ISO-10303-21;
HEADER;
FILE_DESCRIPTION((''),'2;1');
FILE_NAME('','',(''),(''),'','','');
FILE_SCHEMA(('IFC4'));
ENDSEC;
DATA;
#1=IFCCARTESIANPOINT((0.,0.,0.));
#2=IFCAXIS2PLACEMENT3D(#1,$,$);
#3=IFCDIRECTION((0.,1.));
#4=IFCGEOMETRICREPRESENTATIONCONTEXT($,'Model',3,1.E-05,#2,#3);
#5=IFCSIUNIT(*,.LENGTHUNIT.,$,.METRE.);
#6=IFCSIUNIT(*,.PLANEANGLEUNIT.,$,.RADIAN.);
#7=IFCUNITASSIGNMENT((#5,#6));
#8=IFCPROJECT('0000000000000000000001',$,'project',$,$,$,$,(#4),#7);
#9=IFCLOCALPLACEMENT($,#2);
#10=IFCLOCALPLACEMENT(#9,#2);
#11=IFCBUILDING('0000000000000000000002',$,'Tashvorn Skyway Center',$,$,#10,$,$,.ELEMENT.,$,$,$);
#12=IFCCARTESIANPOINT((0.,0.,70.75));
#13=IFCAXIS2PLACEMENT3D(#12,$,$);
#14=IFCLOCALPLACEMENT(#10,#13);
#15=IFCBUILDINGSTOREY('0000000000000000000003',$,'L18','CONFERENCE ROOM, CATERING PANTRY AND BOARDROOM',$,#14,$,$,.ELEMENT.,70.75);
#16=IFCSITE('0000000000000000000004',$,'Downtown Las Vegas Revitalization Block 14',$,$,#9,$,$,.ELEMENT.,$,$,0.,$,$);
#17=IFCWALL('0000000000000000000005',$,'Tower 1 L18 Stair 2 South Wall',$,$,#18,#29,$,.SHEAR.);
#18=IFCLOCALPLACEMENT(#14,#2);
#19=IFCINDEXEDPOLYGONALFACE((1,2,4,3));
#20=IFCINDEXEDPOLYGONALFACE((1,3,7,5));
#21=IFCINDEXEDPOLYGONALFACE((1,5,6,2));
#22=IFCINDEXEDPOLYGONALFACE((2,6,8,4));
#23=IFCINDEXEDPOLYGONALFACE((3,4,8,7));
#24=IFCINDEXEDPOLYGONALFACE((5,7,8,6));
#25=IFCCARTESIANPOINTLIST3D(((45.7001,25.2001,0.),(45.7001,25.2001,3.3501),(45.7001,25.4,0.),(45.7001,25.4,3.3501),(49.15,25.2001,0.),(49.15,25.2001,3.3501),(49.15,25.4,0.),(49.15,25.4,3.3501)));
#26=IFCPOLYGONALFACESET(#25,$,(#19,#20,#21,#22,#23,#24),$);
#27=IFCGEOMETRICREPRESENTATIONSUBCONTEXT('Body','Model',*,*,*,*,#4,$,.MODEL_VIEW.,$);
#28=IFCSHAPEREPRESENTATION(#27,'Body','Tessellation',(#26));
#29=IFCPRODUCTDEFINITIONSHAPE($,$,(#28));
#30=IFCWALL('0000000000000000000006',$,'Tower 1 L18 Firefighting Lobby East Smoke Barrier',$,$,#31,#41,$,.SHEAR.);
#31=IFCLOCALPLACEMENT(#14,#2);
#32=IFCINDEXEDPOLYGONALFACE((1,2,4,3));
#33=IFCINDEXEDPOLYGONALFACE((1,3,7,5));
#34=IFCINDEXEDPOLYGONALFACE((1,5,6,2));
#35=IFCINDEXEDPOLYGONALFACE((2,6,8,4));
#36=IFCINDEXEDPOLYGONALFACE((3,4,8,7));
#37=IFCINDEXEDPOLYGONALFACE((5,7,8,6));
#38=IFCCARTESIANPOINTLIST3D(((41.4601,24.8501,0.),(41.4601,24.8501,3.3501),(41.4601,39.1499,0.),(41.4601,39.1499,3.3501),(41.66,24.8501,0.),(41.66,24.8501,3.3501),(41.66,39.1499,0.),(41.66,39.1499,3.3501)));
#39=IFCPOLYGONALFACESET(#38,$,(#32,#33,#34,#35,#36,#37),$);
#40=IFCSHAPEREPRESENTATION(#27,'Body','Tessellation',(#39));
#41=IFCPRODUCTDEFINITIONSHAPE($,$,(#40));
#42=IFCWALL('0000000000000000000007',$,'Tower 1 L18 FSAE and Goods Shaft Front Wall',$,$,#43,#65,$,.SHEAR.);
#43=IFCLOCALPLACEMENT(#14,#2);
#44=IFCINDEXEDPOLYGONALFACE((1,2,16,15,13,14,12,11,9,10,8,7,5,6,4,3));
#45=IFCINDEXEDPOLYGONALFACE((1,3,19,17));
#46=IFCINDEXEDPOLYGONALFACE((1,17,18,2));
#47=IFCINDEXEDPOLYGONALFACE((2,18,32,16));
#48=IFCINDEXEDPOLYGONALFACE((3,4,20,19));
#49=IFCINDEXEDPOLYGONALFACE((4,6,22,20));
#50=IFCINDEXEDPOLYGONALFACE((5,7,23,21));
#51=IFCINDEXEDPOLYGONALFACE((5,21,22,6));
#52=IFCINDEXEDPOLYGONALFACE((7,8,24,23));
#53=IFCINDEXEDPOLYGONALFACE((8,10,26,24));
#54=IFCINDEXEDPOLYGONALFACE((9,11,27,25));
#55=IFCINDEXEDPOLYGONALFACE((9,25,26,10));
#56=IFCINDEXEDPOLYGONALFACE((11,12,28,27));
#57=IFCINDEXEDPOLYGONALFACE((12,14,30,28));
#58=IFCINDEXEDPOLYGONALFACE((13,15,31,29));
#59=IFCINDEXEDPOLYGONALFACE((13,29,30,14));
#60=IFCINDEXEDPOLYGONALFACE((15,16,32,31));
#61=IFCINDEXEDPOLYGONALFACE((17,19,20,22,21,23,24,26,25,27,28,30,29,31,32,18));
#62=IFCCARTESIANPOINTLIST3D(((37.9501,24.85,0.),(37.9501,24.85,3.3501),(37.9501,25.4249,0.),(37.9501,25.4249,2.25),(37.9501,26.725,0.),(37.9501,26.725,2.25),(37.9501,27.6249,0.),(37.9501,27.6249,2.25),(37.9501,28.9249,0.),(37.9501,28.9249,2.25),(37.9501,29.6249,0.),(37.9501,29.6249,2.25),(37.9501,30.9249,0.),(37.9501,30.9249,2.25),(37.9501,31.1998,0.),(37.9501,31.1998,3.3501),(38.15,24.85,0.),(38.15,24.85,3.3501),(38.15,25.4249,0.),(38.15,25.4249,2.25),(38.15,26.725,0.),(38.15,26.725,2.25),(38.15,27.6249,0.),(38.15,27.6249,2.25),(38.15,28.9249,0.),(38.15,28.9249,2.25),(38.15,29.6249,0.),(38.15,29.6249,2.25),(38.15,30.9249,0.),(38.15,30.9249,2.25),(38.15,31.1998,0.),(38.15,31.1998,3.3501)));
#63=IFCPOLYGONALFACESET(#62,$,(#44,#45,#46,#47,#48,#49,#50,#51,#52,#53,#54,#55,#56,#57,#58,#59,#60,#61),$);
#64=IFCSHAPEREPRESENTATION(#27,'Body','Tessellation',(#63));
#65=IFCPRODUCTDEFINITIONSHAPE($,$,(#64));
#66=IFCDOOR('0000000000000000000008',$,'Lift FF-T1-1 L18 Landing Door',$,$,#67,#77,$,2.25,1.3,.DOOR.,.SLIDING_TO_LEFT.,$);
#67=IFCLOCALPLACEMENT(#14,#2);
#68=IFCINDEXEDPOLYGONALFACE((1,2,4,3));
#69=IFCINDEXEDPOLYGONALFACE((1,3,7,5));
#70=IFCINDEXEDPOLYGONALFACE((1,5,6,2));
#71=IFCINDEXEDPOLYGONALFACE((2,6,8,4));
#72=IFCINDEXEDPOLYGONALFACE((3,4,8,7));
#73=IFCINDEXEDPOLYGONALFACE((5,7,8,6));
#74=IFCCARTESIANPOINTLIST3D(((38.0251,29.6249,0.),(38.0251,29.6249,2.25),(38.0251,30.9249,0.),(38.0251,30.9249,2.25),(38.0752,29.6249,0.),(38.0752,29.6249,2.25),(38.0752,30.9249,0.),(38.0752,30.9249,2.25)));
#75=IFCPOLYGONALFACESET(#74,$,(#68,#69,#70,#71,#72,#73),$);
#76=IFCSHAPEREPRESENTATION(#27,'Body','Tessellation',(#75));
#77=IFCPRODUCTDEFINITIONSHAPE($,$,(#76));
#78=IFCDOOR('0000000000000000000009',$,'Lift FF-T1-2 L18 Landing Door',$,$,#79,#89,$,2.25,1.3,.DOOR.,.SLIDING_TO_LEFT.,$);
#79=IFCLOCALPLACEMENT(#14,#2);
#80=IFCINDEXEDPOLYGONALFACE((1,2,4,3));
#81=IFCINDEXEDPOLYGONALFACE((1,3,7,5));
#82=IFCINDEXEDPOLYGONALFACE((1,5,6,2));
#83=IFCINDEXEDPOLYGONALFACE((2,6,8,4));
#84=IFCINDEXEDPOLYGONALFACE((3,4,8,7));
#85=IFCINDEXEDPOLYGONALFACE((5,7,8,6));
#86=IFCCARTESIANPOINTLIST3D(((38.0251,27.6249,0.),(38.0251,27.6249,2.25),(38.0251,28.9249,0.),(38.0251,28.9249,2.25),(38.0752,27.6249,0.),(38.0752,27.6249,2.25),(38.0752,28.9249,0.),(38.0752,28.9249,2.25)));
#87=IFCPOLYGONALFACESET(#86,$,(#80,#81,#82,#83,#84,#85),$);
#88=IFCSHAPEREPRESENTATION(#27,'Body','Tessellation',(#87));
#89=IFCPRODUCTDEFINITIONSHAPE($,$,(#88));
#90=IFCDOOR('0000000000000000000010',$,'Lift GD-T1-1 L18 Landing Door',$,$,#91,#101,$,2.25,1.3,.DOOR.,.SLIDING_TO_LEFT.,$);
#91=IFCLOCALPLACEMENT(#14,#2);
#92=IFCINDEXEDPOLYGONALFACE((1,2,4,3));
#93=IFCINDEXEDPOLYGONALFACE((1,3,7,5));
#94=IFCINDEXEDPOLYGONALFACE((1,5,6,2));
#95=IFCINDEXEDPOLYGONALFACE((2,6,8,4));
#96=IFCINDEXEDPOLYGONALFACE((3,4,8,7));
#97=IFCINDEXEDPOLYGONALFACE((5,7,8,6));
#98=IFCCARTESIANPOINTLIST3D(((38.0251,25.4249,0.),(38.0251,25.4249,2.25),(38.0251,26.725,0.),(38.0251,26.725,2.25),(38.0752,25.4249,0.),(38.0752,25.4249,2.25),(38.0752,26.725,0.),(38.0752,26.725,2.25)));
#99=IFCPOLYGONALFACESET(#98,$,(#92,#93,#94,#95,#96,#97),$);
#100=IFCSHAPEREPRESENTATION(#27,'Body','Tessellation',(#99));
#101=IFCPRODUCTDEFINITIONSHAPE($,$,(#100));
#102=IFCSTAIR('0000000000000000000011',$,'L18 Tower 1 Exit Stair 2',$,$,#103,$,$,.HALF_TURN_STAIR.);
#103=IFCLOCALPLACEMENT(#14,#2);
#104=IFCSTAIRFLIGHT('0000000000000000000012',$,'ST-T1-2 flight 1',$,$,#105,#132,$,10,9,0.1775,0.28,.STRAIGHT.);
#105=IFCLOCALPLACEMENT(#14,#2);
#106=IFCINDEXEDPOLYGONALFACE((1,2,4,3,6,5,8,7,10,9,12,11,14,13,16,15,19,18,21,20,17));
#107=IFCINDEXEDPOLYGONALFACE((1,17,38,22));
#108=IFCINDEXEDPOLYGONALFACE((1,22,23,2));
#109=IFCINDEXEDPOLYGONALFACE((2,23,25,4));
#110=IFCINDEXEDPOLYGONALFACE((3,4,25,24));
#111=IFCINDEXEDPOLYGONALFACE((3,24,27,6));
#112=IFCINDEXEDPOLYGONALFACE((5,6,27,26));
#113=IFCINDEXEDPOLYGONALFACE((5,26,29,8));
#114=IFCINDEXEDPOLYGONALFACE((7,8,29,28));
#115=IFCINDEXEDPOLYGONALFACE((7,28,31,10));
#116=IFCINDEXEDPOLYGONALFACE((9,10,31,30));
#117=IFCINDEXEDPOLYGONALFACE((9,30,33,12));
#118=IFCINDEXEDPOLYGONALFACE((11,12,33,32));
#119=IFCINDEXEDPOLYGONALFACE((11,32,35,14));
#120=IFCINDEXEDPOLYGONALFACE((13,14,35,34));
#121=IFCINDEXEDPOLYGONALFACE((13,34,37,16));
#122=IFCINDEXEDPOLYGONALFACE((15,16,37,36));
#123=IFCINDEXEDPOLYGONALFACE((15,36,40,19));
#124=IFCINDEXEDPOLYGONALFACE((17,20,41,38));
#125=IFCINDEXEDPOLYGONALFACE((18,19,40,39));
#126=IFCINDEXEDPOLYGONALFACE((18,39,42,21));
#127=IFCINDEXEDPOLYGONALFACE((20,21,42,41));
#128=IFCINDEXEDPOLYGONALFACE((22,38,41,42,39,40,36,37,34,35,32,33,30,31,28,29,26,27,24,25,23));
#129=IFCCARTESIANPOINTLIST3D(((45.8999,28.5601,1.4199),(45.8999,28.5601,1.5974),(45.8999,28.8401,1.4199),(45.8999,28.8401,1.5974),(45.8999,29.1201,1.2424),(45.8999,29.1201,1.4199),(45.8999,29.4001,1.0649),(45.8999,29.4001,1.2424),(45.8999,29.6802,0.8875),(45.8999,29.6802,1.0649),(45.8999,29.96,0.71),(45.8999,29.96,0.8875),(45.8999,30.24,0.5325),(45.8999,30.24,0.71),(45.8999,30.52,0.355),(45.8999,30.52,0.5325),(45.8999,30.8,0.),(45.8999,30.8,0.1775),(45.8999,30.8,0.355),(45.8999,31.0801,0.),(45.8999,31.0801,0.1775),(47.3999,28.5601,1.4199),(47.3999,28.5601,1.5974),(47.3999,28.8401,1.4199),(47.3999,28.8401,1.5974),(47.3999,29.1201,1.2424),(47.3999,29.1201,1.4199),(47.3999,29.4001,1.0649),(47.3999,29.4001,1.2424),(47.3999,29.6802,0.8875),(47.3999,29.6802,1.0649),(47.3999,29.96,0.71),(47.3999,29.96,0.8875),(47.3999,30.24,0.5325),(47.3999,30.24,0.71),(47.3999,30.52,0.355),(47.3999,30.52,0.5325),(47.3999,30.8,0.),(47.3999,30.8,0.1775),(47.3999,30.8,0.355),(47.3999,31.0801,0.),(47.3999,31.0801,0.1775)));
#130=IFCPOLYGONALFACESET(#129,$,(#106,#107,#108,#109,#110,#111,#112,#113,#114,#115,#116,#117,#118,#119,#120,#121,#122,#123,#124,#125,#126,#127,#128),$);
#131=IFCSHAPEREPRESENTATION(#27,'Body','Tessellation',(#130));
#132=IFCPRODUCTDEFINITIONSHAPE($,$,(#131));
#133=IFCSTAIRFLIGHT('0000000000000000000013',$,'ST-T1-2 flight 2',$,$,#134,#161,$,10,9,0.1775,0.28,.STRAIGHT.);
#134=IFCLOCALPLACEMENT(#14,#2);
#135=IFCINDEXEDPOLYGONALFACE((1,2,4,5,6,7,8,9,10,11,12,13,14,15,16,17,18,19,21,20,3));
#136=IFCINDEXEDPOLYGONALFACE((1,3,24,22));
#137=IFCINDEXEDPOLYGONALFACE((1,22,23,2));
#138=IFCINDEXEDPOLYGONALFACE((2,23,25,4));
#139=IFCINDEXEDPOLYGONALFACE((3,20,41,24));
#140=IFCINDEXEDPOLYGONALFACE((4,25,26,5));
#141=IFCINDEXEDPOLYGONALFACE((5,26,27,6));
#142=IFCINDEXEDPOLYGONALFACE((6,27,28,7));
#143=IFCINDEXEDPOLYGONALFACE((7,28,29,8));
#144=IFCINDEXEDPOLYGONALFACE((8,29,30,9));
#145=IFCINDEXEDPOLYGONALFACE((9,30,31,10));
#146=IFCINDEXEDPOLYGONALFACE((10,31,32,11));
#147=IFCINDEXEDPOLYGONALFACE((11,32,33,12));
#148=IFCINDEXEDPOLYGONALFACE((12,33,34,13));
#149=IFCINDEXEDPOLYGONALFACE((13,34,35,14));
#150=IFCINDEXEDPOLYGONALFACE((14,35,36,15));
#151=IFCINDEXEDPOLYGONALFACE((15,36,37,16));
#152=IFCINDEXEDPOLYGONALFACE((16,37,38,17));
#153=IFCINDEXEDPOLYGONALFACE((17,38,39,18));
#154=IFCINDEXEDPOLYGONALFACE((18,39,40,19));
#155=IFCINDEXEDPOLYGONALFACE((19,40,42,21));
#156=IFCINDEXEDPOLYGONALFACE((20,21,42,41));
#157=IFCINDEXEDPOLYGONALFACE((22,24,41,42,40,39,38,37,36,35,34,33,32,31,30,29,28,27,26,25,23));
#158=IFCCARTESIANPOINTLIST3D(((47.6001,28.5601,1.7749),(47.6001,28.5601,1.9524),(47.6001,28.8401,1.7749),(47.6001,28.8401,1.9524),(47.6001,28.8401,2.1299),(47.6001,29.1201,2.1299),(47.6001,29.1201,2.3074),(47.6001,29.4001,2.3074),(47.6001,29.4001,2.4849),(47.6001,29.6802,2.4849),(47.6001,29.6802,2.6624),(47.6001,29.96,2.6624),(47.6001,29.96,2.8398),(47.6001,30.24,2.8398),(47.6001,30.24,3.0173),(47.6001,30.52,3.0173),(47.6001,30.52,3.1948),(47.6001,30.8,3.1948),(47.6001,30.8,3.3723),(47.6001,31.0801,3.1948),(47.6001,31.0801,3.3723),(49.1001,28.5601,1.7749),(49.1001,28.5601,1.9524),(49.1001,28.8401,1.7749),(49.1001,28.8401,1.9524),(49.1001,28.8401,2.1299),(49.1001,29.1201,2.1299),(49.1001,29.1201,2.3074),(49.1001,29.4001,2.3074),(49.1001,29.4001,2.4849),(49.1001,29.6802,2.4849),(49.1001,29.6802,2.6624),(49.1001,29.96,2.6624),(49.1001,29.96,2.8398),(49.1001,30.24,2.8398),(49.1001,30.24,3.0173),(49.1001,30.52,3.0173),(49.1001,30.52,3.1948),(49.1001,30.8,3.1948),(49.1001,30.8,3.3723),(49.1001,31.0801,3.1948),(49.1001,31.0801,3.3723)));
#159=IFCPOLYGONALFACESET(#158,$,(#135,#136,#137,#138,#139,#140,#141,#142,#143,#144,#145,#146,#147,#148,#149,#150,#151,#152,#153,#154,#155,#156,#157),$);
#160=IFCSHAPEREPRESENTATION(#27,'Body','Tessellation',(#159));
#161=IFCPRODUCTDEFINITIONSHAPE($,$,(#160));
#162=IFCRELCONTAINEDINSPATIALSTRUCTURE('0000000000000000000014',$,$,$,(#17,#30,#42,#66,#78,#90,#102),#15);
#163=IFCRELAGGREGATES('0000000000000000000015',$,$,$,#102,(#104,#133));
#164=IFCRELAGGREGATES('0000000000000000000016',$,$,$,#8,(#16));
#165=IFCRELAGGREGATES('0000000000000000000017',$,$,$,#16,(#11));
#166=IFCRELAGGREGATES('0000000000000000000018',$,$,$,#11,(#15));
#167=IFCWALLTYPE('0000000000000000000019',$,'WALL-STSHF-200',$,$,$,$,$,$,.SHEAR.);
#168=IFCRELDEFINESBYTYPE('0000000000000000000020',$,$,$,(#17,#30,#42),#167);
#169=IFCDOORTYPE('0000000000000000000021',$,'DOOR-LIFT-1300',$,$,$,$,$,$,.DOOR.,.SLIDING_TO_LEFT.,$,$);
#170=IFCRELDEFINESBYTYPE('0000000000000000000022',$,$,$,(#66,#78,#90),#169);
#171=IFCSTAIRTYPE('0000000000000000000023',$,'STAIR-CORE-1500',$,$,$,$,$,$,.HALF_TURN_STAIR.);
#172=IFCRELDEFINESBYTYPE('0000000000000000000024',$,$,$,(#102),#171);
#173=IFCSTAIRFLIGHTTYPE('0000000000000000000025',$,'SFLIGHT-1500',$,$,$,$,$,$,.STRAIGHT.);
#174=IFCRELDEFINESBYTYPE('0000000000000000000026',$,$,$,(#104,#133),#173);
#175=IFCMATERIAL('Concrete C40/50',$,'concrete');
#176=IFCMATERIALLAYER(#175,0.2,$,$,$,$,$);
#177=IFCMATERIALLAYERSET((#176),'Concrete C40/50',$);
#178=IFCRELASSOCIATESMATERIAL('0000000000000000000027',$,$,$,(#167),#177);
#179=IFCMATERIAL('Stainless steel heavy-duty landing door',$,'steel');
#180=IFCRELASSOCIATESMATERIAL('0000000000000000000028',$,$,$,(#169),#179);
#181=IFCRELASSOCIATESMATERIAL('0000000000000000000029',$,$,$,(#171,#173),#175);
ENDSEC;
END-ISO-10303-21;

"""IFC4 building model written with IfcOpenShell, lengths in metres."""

from ifc_helpers import new_model, si_unit, direction, frame, frame_2d, origin, place, context, subcontext, project, spatial, polyline, rectangle, outline, extrude, material, layer, layer_set, type_object, element, fill, aggregate, save


model = new_model("IFC4")

# Units and contexts
model_context = context("Model", 3, precision=1e-05, world=origin(), true_north=direction((0.0, 1.0)))
body_context = subcontext(model_context, "Body", "Model", "MODEL_VIEW")
ifc_project = project(units=[si_unit("LENGTHUNIT", "METRE"), si_unit("PLANEANGLEUNIT", "RADIAN")], contexts=[model_context])

# Site, building, storey
site_placement = place(None, origin())
site = spatial("IfcSite", under=ifc_project, at=site_placement, Name="Downtown Las Vegas Revitalization Block 14", CompositionType="ELEMENT", RefElevation=0.0)
building_placement = place(site_placement, origin())
building = spatial("IfcBuilding", under=site, at=building_placement, Name="Tashvorn Skyway Center", CompositionType="ELEMENT")
storey_placement = place(building_placement, frame((0.0, 0.0, 70.75)))
storey = spatial("IfcBuildingStorey", under=building, at=storey_placement, Name="L18", Description="CONFERENCE ROOM, CATERING PANTRY AND BOARDROOM", CompositionType="ELEMENT", Elevation=70.75)

# Shared definitions
ifc_material_1 = material(Name="Concrete C40/50", Category="concrete")

# Shared definitions
ifc_layer_1 = layer(ifc_material_1, 0.2)
ifc_layer_set_1 = layer_set([ifc_layer_1], Name="Concrete C40/50")
wall_type_1 = type_object("IfcWallType", Name="WALL-STSHF-200", PredefinedType="SHEAR", material=ifc_layer_set_1)

# Walls
wall_1_placement = place(storey_placement, frame((45.7, 25.3, 0.0), z_axis=(0.0, 0.0, 1.0), x_axis=(1.0, 0.0, 0.0)))
element("IfcWall", 1, at=wall_1_placement, inside=storey, type_object=wall_type_1, Name="Tower 1 L18 Stair 2 South Wall", PredefinedType="SHEAR", context=body_context, shape_type="SweptSolid", body=[
    extrude(rectangle(XDim=3.45, YDim=0.2, at=frame_2d((1.7251, 0.0))), origin(), (0.0, 0.0, 1.0), 3.3501),
])
wall_2_placement = place(storey_placement, frame((41.5601, 24.8501, 0.0), z_axis=(0.0, 0.0, 1.0), x_axis=(0.0, 1.0, 0.0)))
element("IfcWall", 2, at=wall_2_placement, inside=storey, type_object=wall_type_1, Name="Tower 1 L18 Firefighting Lobby East Smoke Barrier", PredefinedType="SHEAR", context=body_context, shape_type="SweptSolid", body=[
    extrude(rectangle(XDim=14.2998, YDim=0.2, at=frame_2d((7.1499, 0.0))), origin(), (0.0, 0.0, 1.0), 3.3501),
])

# Wall, openings, doors
wall_3_placement = place(storey_placement, frame((38.05, 24.8501, 0.0), z_axis=(0.0, 0.0, 1.0), x_axis=(0.0, 1.0, 0.0)))
wall_3 = element("IfcWall", 3, at=wall_3_placement, inside=storey, type_object=wall_type_1, Name="Tower 1 L18 FSAE and Goods Shaft Front Wall", PredefinedType="SHEAR", context=body_context, shape_type="SweptSolid", body=[
    extrude(rectangle(XDim=6.3499, YDim=0.2, at=frame_2d((3.1748, 0.0))), origin(), (0.0, 0.0, 1.0), 3.3501),
])
opening_1_placement = place(wall_3_placement, frame((4.7749, 0.0, 0.0)))
opening_1 = element("IfcOpeningElement", 4, at=opening_1_placement, cuts=wall_3, PredefinedType="OPENING", context=body_context, shape_type="SweptSolid", body=[
    extrude(rectangle(XDim=1.3, YDim=2.25, at=frame_2d((0.6499, 1.125))), frame((0.0, 0.1099, 0.0), z_axis=(0.0, -1.0, 0.0), x_axis=(1.0, 0.0, 0.0)), (0.0, 0.0, 1.0), 0.22),
])
opening_2_placement = place(wall_3_placement, frame((2.7749, 0.0, 0.0)))
opening_2 = element("IfcOpeningElement", 5, at=opening_2_placement, cuts=wall_3, PredefinedType="OPENING", context=body_context, shape_type="SweptSolid", body=[
    extrude(rectangle(XDim=1.3, YDim=2.25, at=frame_2d((0.6499, 1.125))), frame((0.0, 0.1099, 0.0), z_axis=(0.0, -1.0, 0.0), x_axis=(1.0, 0.0, 0.0)), (0.0, 0.0, 1.0), 0.22),
])
opening_3_placement = place(wall_3_placement, frame((0.575, 0.0, 0.0)))
opening_3 = element("IfcOpeningElement", 6, at=opening_3_placement, cuts=wall_3, PredefinedType="OPENING", context=body_context, shape_type="SweptSolid", body=[
    extrude(rectangle(XDim=1.3, YDim=2.25, at=frame_2d((0.6499, 1.125))), frame((0.0, 0.1099, 0.0), z_axis=(0.0, -1.0, 0.0), x_axis=(1.0, 0.0, 0.0)), (0.0, 0.0, 1.0), 0.22),
])
ifc_material_2 = material(Name="Stainless steel heavy-duty landing door", Category="steel")
door_type_1 = type_object("IfcDoorType", Name="DOOR-LIFT-1300", OperationType="SLIDING_TO_LEFT", PredefinedType="DOOR", material=ifc_material_2)
door_1_placement = place(opening_1_placement, origin())
door_1 = element("IfcDoor", 7, at=door_1_placement, inside=storey, type_object=door_type_1, Name="Lift FF-T1-1 L18 Landing Door", OperationType="SLIDING_TO_LEFT", OverallHeight=2.25, OverallWidth=1.3, PredefinedType="DOOR", context=body_context, shape_type="SweptSolid", body=[
    extrude(rectangle(XDim=1.3, YDim=2.25, at=frame_2d((0.6499, 1.125))), frame((0.0, 0.0249, 0.0), z_axis=(0.0, -1.0, 0.0), x_axis=(1.0, 0.0, 0.0)), (0.0, 0.0, 1.0), 0.05),
])
fill(opening_1, door_1)
door_2_placement = place(opening_2_placement, origin())
door_2 = element("IfcDoor", 8, at=door_2_placement, inside=storey, type_object=door_type_1, Name="Lift FF-T1-2 L18 Landing Door", OperationType="SLIDING_TO_LEFT", OverallHeight=2.25, OverallWidth=1.3, PredefinedType="DOOR", context=body_context, shape_type="SweptSolid", body=[
    extrude(rectangle(XDim=1.3, YDim=2.25, at=frame_2d((0.6499, 1.125))), frame((0.0, 0.0249, 0.0), z_axis=(0.0, -1.0, 0.0), x_axis=(1.0, 0.0, 0.0)), (0.0, 0.0, 1.0), 0.05),
])
fill(opening_2, door_2)
door_3_placement = place(opening_3_placement, origin())
door_3 = element("IfcDoor", 9, at=door_3_placement, inside=storey, type_object=door_type_1, Name="Lift GD-T1-1 L18 Landing Door", OperationType="SLIDING_TO_LEFT", OverallHeight=2.25, OverallWidth=1.3, PredefinedType="DOOR", context=body_context, shape_type="SweptSolid", body=[
    extrude(rectangle(XDim=1.3, YDim=2.25, at=frame_2d((0.6499, 1.125))), frame((0.0, 0.0249, 0.0), z_axis=(0.0, -1.0, 0.0), x_axis=(1.0, 0.0, 0.0)), (0.0, 0.0, 1.0), 0.05),
])
fill(opening_3, door_3)

# Stair, stair flights
stair_type = type_object("IfcStairType", Name="STAIR-CORE-1500", PredefinedType="HALF_TURN_STAIR", material=ifc_material_1)
stair_placement = place(storey_placement, origin())
stair = element("IfcStair", 10, at=stair_placement, inside=storey, type_object=stair_type, Name="L18 Tower 1 Exit Stair 2", PredefinedType="HALF_TURN_STAIR")
stair_flight_type = type_object("IfcStairFlightType", Name="SFLIGHT-1500", PredefinedType="STRAIGHT", material=ifc_material_1)
stair_flight_1_placement = place(storey_placement, frame((46.6499, 31.0801, 0.0), z_axis=(0.0, 0.0, 1.0), x_axis=(0.0, -1.0, 0.0)))
stair_flight_1 = element("IfcStairFlight", 11, at=stair_flight_1_placement, type_object=stair_flight_type, Name="ST-T1-2 flight 1", NumberOfRisers=10, NumberOfTreads=9, PredefinedType="STRAIGHT", RiserHeight=0.1775, TreadLength=0.28, context=body_context, shape_type="SweptSolid", body=[
    extrude(outline(polyline([(0.0, 0.0), (0.0, 0.1775), (0.28, 0.1775), (0.28, 0.355), (0.5601, 0.355), (0.5601, 0.5325), (0.8401, 0.5325), (0.8401, 0.71), (1.1201, 0.71), (1.1201, 0.8875), (1.3999, 0.8875), (1.3999, 1.0649), (1.6799, 1.0649), (1.6799, 1.2424), (1.96, 1.2424), (1.96, 1.4199), (2.24, 1.4199), (2.24, 1.5974), (2.52, 1.5974), (2.52, 1.7749), (2.52, 1.4199), (0.28, 0.0), (0.0, 0.0)])), frame((0.0, 0.75, 0.0), z_axis=(0.0, -1.0, 0.0), x_axis=(1.0, 0.0, 0.0)), (0.0, 0.0, 1.0), 1.5),
])
stair_flight_2_placement = place(storey_placement, frame((48.3501, 28.5601, 1.7749), z_axis=(0.0, 0.0, 1.0), x_axis=(0.0, 1.0, 0.0)))
stair_flight_2 = element("IfcStairFlight", 12, at=stair_flight_2_placement, type_object=stair_flight_type, Name="ST-T1-2 flight 2", NumberOfRisers=10, NumberOfTreads=9, PredefinedType="STRAIGHT", RiserHeight=0.1775, TreadLength=0.28, context=body_context, shape_type="SweptSolid", body=[
    extrude(outline(polyline([(0.0, 0.0), (0.0, 0.1775), (0.28, 0.1775), (0.28, 0.355), (0.5601, 0.355), (0.5601, 0.5325), (0.8401, 0.5325), (0.8401, 0.71), (1.1201, 0.71), (1.1201, 0.8875), (1.3999, 0.8875), (1.3999, 1.0649), (1.6799, 1.0649), (1.6799, 1.2424), (1.96, 1.2424), (1.96, 1.4199), (2.24, 1.4199), (2.24, 1.5974), (2.52, 1.5974), (2.52, 1.7749), (2.52, 1.4199), (0.28, 0.0), (0.0, 0.0)])), frame((0.0, 0.75, 0.0), z_axis=(0.0, -1.0, 0.0), x_axis=(1.0, 0.0, 0.0)), (0.0, 0.0, 1.0), 1.5),
])
aggregate(stair, [stair_flight_1, stair_flight_2])

save(model, "model.ifc")
